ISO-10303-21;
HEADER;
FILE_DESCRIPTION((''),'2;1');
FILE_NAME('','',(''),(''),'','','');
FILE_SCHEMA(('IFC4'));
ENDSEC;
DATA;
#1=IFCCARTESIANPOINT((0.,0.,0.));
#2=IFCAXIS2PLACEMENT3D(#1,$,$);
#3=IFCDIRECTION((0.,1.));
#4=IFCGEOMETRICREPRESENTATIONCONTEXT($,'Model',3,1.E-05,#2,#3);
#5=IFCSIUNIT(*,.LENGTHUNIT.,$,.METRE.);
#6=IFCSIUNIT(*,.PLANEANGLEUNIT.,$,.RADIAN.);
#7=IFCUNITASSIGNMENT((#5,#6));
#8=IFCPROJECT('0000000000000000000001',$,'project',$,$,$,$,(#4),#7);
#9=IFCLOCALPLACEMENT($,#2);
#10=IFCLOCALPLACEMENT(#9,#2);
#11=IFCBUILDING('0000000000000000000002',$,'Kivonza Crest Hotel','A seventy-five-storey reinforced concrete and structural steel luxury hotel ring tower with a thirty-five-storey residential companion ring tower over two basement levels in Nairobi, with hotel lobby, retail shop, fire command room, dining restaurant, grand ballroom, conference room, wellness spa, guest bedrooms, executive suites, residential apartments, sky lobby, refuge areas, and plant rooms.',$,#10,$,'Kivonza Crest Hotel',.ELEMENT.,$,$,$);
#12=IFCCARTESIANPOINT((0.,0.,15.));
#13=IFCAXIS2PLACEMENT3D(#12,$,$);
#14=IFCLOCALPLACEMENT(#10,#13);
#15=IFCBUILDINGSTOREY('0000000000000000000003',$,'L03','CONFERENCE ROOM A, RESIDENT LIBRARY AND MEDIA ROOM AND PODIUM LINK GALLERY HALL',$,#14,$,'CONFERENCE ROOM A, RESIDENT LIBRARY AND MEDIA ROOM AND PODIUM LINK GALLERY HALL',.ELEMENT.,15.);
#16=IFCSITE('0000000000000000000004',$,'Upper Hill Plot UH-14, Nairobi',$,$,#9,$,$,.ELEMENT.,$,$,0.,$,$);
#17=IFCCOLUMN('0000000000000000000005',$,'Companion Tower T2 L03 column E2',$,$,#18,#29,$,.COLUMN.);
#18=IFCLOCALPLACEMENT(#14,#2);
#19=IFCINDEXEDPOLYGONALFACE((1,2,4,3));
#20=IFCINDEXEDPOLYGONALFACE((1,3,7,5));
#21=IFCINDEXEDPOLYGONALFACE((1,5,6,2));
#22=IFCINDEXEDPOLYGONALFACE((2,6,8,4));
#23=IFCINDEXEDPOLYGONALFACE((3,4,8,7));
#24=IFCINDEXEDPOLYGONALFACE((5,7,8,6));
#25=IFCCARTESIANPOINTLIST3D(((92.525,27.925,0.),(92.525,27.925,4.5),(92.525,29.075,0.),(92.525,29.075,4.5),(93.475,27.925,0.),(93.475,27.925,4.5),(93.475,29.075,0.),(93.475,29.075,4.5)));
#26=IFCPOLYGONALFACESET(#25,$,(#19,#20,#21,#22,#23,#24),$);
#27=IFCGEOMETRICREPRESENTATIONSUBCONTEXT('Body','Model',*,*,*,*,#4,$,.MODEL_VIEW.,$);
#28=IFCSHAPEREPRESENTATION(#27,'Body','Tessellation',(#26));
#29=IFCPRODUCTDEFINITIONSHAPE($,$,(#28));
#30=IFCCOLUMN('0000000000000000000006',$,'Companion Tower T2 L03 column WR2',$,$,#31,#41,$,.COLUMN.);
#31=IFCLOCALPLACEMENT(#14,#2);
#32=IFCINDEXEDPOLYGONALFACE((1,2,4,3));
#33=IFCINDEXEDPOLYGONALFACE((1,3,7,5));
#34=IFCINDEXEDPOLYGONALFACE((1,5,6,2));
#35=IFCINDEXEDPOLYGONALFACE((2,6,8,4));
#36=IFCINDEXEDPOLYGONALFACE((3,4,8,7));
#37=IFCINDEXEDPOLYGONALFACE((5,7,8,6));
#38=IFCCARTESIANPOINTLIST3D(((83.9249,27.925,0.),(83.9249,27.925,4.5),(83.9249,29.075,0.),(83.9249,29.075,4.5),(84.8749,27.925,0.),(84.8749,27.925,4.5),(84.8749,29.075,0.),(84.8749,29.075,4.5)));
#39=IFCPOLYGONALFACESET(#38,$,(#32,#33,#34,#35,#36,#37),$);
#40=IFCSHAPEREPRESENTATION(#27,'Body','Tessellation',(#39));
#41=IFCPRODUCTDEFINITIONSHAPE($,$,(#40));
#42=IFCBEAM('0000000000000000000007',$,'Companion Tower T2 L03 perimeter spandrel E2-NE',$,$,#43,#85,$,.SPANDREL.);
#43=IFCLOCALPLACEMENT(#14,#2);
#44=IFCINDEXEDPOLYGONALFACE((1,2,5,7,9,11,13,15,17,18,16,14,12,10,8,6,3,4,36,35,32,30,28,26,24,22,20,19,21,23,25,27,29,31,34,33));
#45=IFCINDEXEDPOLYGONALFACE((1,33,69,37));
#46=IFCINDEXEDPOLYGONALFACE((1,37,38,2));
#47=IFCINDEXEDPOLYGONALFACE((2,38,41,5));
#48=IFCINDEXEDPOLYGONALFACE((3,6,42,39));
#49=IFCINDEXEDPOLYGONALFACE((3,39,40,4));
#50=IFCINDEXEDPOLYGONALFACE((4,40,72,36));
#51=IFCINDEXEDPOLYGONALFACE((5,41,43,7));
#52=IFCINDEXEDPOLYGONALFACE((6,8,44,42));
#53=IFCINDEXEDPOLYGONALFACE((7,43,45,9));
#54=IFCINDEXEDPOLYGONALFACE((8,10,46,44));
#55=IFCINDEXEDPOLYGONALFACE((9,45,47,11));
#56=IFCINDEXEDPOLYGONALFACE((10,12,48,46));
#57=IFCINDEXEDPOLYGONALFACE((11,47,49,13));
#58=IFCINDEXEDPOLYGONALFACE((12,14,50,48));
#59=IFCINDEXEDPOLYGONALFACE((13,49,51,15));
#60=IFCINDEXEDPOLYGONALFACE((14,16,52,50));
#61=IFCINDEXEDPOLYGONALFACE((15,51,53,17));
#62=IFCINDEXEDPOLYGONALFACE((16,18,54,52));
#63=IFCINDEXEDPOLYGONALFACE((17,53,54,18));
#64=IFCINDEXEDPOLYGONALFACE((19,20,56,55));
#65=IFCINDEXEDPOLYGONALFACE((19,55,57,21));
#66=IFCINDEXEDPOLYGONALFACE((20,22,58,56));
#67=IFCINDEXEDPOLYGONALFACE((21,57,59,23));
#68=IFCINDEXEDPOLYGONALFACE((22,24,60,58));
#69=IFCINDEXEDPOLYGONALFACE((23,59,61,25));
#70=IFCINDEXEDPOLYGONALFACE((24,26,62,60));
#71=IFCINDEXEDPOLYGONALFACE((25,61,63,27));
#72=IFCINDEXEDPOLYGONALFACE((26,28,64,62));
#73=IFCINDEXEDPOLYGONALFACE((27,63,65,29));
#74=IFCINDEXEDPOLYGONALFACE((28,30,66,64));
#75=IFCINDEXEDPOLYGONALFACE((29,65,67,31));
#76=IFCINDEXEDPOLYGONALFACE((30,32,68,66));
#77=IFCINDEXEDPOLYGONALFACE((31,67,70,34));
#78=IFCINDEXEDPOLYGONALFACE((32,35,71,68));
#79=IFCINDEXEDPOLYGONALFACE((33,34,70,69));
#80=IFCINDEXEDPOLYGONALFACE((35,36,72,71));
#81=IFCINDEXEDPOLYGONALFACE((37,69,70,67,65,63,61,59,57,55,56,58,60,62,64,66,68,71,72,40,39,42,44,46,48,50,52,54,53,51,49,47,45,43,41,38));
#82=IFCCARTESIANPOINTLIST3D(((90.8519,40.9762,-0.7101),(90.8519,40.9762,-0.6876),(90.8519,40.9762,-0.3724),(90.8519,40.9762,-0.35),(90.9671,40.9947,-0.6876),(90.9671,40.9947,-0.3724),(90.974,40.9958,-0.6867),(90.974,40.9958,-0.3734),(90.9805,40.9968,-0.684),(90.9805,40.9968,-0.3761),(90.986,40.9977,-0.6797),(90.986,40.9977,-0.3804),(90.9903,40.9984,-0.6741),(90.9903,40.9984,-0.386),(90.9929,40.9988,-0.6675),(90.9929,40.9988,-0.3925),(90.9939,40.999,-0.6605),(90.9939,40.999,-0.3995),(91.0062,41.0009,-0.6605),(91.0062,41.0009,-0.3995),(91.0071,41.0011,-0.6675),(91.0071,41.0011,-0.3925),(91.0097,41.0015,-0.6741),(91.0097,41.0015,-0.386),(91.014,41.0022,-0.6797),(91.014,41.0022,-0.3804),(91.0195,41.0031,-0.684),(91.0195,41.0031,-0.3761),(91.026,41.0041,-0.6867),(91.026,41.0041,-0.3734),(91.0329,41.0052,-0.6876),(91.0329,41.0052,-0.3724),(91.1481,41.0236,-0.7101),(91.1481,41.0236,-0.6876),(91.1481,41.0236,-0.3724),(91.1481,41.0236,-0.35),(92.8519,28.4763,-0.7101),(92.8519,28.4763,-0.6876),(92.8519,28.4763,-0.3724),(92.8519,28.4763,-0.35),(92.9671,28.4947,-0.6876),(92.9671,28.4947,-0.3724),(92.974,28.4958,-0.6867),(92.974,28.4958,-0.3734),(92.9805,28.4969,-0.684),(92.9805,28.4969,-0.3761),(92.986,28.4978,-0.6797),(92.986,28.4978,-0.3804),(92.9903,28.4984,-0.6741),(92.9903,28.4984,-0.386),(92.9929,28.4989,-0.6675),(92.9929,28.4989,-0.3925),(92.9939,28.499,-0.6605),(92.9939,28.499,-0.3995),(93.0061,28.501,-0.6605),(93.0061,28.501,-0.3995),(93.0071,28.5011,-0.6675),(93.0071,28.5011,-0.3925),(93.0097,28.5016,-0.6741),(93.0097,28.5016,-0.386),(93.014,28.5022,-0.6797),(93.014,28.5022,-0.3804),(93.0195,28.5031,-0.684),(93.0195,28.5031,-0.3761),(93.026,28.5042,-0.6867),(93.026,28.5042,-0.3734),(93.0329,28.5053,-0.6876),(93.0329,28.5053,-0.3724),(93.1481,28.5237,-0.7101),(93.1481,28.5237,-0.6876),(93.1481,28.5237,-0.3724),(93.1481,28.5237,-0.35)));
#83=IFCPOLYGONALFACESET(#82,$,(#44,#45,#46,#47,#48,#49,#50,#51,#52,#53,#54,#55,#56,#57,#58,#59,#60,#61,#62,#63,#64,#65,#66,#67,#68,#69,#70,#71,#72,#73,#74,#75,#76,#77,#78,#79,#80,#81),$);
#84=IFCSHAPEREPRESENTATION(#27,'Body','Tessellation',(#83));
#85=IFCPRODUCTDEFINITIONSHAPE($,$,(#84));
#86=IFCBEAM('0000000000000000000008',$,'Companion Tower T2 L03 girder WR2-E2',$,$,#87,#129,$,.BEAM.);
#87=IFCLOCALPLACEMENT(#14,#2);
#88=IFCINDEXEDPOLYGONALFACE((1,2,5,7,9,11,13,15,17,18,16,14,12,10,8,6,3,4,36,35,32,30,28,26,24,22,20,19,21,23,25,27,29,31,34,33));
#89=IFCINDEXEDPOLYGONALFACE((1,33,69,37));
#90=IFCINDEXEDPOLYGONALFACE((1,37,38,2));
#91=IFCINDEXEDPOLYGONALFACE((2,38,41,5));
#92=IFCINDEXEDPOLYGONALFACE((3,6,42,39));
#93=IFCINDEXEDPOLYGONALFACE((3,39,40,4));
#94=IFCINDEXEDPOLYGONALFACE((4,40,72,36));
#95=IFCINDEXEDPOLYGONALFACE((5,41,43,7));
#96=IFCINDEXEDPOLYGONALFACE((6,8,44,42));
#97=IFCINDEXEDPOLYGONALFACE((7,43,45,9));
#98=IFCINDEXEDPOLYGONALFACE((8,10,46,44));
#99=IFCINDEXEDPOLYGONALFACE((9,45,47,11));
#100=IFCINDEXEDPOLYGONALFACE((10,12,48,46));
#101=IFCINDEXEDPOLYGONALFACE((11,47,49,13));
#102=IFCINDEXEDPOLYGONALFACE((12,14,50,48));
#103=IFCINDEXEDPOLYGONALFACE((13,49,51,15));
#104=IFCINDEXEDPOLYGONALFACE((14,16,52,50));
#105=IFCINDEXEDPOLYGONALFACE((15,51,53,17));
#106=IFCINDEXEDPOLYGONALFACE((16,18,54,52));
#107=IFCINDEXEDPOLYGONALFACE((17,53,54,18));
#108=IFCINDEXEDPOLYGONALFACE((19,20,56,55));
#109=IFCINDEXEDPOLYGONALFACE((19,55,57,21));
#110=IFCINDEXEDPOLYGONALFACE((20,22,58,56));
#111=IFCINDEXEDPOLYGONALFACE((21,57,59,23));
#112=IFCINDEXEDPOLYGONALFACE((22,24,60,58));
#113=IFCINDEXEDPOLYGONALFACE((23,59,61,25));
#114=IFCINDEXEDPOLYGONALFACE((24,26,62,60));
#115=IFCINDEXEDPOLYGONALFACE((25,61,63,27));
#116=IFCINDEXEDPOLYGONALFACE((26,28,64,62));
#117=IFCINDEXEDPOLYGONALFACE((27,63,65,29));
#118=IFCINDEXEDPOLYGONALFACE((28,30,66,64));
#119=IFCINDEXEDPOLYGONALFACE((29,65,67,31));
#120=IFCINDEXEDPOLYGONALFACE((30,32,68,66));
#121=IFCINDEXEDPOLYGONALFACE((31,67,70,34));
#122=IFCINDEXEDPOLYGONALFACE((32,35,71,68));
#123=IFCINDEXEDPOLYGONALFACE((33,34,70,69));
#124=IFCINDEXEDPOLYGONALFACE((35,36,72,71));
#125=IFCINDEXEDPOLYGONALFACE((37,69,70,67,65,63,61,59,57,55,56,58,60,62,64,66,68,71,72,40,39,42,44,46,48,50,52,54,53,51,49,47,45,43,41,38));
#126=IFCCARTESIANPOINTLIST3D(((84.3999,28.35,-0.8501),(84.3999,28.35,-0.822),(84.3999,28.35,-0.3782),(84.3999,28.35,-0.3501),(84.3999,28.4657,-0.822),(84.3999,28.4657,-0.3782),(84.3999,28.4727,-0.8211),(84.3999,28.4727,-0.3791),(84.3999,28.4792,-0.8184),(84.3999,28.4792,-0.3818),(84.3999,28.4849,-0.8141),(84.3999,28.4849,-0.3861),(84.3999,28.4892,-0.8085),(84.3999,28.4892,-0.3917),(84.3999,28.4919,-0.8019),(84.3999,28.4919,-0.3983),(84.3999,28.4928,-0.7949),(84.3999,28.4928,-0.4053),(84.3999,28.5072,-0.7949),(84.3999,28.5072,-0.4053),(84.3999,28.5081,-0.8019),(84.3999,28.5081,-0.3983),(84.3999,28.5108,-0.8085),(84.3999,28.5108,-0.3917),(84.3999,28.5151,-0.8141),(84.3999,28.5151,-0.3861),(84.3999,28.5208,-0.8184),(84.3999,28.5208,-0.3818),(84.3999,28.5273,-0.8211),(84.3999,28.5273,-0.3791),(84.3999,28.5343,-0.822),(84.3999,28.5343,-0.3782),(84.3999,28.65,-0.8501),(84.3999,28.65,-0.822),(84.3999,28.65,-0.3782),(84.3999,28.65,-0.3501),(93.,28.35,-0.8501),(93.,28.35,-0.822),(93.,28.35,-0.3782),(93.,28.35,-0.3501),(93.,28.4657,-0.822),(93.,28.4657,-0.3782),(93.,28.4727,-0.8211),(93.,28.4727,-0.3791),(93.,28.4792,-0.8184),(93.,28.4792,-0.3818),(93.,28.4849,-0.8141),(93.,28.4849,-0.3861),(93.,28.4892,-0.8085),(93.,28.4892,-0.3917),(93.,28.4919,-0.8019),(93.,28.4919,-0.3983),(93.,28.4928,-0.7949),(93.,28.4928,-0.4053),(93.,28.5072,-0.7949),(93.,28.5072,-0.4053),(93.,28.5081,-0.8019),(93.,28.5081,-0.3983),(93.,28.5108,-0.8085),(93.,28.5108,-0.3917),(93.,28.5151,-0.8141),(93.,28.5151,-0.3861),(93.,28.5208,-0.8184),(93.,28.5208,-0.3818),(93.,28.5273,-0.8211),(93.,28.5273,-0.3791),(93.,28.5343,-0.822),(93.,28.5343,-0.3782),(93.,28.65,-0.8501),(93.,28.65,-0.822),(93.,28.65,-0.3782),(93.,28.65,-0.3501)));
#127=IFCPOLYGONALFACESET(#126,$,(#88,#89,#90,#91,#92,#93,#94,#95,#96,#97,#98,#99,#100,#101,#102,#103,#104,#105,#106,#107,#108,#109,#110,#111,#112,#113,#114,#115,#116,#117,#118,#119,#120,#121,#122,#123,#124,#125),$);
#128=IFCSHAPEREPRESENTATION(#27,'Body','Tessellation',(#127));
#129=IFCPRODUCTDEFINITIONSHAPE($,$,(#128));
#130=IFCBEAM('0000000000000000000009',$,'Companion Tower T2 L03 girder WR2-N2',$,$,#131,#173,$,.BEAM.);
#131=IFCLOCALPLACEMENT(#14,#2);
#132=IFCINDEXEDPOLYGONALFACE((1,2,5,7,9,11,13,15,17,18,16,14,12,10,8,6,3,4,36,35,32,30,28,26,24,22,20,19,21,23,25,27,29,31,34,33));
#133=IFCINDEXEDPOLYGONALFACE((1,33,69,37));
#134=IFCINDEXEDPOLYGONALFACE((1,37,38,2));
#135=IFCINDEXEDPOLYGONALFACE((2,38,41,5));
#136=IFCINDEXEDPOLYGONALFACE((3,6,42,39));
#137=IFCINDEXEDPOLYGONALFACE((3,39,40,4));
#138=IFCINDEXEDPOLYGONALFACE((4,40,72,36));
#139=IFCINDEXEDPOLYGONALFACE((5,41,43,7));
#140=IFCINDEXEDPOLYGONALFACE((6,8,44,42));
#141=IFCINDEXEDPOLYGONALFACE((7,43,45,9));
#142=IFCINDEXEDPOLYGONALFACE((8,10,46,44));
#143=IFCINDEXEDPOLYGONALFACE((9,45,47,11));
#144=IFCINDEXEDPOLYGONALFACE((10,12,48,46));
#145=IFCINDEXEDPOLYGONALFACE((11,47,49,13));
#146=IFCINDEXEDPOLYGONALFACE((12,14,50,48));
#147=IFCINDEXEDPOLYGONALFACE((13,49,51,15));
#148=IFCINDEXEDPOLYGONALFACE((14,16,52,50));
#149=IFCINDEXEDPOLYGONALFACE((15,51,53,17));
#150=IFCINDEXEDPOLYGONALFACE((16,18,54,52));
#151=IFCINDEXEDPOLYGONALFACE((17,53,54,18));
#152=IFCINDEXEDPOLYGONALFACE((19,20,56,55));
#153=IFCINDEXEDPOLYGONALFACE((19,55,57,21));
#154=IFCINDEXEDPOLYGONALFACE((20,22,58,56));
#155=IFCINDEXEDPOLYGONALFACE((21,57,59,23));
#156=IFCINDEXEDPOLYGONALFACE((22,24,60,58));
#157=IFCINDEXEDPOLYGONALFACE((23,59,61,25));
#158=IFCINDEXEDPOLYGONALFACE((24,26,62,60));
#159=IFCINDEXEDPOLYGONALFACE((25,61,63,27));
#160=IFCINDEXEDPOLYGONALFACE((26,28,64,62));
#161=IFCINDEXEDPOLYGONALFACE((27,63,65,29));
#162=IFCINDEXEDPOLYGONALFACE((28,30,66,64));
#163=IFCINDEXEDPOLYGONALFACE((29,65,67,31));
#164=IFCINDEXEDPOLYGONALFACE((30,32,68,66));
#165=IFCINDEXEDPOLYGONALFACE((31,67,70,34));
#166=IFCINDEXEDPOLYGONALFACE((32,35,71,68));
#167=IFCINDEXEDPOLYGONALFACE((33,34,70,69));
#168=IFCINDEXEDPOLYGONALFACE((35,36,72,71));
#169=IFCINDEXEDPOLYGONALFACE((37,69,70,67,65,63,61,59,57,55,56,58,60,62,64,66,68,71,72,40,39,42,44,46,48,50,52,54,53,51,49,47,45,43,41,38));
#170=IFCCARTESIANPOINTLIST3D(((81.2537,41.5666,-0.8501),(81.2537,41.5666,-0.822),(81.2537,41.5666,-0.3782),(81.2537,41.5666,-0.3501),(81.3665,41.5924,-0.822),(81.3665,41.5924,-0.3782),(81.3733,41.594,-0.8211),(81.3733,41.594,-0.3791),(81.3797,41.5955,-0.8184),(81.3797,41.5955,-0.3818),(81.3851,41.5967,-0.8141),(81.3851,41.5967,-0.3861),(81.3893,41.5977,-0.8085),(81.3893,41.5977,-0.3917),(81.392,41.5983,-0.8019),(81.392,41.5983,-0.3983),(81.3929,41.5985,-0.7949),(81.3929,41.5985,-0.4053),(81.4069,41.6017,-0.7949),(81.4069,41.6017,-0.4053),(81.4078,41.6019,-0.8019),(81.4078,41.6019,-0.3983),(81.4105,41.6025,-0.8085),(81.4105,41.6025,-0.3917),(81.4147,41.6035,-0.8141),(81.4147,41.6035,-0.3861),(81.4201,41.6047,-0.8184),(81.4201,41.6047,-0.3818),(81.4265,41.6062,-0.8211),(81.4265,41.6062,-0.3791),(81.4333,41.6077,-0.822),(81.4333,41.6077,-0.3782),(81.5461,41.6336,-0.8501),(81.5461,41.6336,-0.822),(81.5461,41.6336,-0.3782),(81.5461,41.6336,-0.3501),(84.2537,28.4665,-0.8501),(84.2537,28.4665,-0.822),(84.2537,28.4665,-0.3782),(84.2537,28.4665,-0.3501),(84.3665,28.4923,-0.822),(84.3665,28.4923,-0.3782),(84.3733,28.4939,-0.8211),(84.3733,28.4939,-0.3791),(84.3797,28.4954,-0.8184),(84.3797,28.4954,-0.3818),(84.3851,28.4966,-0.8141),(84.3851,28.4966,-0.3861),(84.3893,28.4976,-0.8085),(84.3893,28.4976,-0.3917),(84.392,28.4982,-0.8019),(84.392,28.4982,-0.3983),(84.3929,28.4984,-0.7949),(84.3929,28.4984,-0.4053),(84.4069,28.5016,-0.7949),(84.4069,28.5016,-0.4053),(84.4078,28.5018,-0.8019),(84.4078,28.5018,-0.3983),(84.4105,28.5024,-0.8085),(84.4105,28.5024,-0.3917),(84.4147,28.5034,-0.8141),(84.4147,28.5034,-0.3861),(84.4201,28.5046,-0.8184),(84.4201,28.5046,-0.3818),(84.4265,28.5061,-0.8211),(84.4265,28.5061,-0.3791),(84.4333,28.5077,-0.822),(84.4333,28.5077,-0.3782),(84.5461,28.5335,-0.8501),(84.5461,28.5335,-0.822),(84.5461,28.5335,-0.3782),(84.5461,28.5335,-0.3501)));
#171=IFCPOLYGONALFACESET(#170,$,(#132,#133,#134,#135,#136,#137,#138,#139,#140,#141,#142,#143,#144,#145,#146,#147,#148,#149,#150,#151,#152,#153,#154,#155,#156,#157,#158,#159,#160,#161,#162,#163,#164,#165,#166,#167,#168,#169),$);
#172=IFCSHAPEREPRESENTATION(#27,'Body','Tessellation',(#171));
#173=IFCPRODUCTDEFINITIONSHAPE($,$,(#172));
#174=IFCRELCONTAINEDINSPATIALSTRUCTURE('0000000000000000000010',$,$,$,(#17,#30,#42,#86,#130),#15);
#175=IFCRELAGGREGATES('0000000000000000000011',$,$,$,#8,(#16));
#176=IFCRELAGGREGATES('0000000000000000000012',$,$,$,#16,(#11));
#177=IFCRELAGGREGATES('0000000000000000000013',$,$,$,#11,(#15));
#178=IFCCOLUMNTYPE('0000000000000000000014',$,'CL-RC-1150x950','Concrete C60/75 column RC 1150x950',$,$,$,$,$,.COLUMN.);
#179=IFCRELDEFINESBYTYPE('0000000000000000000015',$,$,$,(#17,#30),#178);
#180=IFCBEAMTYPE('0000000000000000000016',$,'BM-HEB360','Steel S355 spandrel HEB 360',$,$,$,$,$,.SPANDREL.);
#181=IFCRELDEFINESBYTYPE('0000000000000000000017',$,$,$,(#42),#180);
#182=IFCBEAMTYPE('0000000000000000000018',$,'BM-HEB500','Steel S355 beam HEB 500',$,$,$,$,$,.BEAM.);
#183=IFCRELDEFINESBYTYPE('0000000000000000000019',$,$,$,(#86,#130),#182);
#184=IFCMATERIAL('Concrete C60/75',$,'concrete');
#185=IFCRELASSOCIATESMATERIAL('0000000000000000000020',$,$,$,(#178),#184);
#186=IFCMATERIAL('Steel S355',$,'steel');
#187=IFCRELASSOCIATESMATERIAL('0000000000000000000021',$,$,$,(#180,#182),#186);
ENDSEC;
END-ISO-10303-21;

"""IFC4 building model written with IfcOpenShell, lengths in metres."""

from ifc_helpers import new_model, si_unit, direction, frame, origin, origin_2d, place, context, subcontext, project, spatial, rectangle, i_section, extrude, material, material_profile, profile_set, type_object, element, save


model = new_model("IFC4")

# Units and contexts
model_context = context("Model", 3, precision=1e-05, world=origin(), true_north=direction((0.0, 1.0)))
body_context = subcontext(model_context, "Body", "Model", "MODEL_VIEW")
ifc_project = project(units=[si_unit("LENGTHUNIT", "METRE"), si_unit("PLANEANGLEUNIT", "RADIAN")], contexts=[model_context])

# Site, building, storey
site_placement = place(None, origin())
site = spatial("IfcSite", under=ifc_project, at=site_placement, Name="Upper Hill Plot UH-14, Nairobi", CompositionType="ELEMENT", RefElevation=0.0)
building_placement = place(site_placement, origin())
building = spatial("IfcBuilding", under=site, at=building_placement, Name="Kivonza Crest Hotel", Description="A seventy-five-storey reinforced concrete and structural steel luxury hotel ring tower with a thirty-five-storey residential companion ring tower over two basement levels in Nairobi, with hotel lobby, retail shop, fire command room, dining restaurant, grand ballroom, conference room, wellness spa, guest bedrooms, executive suites, residential apartments, sky lobby, refuge areas, and plant rooms.", LongName="Kivonza Crest Hotel", CompositionType="ELEMENT")
storey_placement = place(building_placement, frame((0.0, 0.0, 15.0)))
storey = spatial("IfcBuildingStorey", under=building, at=storey_placement, Name="L03", Description="CONFERENCE ROOM A, RESIDENT LIBRARY AND MEDIA ROOM AND PODIUM LINK GALLERY HALL", LongName="CONFERENCE ROOM A, RESIDENT LIBRARY AND MEDIA ROOM AND PODIUM LINK GALLERY HALL", CompositionType="ELEMENT", Elevation=15.0)

# Columns
ifc_material_1 = material(Name="Concrete C60/75", Category="concrete")
ifc_material_profile_1 = material_profile(ifc_material_1, rectangle(XDim=0.95, YDim=1.1499, at=origin_2d()), Name="RC 1150x950")
ifc_profile_set_1 = profile_set([ifc_material_profile_1], Name="Concrete C60/75")
column_type = type_object("IfcColumnType", Name="CL-RC-1150x950", Description="Concrete C60/75 column RC 1150x950", PredefinedType="COLUMN", material=ifc_profile_set_1)
for number, where, z_axis, x_axis, name in (
    (1, (93.0, 28.5, 0.0), (0.0, 0.0, 1.0), (1.0, 0.0, 0.0), "Companion Tower T2 L03 column E2"),
    (2, (84.3999, 28.5, 0.0), (0.0, 0.0, 1.0), (1.0, 0.0, 0.0), "Companion Tower T2 L03 column WR2"),
):
    element("IfcColumn", number, at=place(storey_placement, frame(where, z_axis=z_axis, x_axis=x_axis)), inside=storey, type_object=column_type, Name=name, PredefinedType="COLUMN", context=body_context, shape_type="SweptSolid", body=[
        extrude(rectangle(XDim=0.95, YDim=1.1499, at=origin_2d()), origin(), (0.0, 0.0, 1.0), 4.5),
    ])

# Beams
ifc_material_2 = material(Name="Steel S355", Category="steel")
ifc_material_profile_2 = material_profile(ifc_material_2, i_section(OverallWidth=0.3, OverallDepth=0.3601, WebThickness=0.0125, FlangeThickness=0.0225, FilletRadius=0.0271, at=origin_2d()), Name="HEB 360")
ifc_profile_set_2 = profile_set([ifc_material_profile_2], Name="Steel S355")
beam_type_1 = type_object("IfcBeamType", Name="BM-HEB360", Description="Steel S355 spandrel HEB 360", PredefinedType="SPANDREL", material=ifc_profile_set_2)
beam_1_placement = place(storey_placement, frame((93.0, 28.5, -0.53), z_axis=(-0.157991, 0.987441, 0.0), x_axis=(-0.987441, -0.157991, 0.0)))
element("IfcBeam", 3, at=beam_1_placement, inside=storey, type_object=beam_type_1, Name="Companion Tower T2 L03 perimeter spandrel E2-NE", PredefinedType="SPANDREL", context=body_context, shape_type="SweptSolid", body=[
    extrude(i_section(OverallWidth=0.3, OverallDepth=0.3601, WebThickness=0.0125, FlangeThickness=0.0225, FilletRadius=0.0271, at=origin_2d()), origin(), (0.0, 0.0, 1.0), 12.6589),
])
ifc_material_profile_3 = material_profile(ifc_material_2, i_section(OverallWidth=0.3, OverallDepth=0.5, WebThickness=0.0144, FlangeThickness=0.0281, FilletRadius=0.0271, at=origin_2d()), Name="HEB 500")
ifc_profile_set_3 = profile_set([ifc_material_profile_3], Name="Steel S355")
beam_type_2 = type_object("IfcBeamType", Name="BM-HEB500", Description="Steel S355 beam HEB 500", PredefinedType="BEAM", material=ifc_profile_set_3)
beam_2_placement = place(storey_placement, frame((84.3999, 28.5, -0.6001), z_axis=(1.0, 0.0, 0.0), x_axis=(0.0, 1.0, 0.0)))
element("IfcBeam", 4, at=beam_2_placement, inside=storey, type_object=beam_type_2, Name="Companion Tower T2 L03 girder WR2-E2", PredefinedType="BEAM", context=body_context, shape_type="SweptSolid", body=[
    extrude(i_section(OverallWidth=0.3, OverallDepth=0.5, WebThickness=0.0144, FlangeThickness=0.0281, FilletRadius=0.0271, at=origin_2d()), origin(), (0.0, 0.0, 1.0), 8.6001),
])
beam_3_placement = place(storey_placement, frame((84.3999, 28.5, -0.6001), z_axis=(-0.223227, 0.974766, 0.0), x_axis=(-0.974766, -0.223227, 0.0)))
element("IfcBeam", 5, at=beam_3_placement, inside=storey, type_object=beam_type_2, Name="Companion Tower T2 L03 girder WR2-N2", PredefinedType="BEAM", context=body_context, shape_type="SweptSolid", body=[
    extrude(i_section(OverallWidth=0.3, OverallDepth=0.5, WebThickness=0.0144, FlangeThickness=0.0281, FilletRadius=0.0271, at=origin_2d()), origin(), (0.0, 0.0, 1.0), 13.4392),
])

save(model, "model.ifc")
